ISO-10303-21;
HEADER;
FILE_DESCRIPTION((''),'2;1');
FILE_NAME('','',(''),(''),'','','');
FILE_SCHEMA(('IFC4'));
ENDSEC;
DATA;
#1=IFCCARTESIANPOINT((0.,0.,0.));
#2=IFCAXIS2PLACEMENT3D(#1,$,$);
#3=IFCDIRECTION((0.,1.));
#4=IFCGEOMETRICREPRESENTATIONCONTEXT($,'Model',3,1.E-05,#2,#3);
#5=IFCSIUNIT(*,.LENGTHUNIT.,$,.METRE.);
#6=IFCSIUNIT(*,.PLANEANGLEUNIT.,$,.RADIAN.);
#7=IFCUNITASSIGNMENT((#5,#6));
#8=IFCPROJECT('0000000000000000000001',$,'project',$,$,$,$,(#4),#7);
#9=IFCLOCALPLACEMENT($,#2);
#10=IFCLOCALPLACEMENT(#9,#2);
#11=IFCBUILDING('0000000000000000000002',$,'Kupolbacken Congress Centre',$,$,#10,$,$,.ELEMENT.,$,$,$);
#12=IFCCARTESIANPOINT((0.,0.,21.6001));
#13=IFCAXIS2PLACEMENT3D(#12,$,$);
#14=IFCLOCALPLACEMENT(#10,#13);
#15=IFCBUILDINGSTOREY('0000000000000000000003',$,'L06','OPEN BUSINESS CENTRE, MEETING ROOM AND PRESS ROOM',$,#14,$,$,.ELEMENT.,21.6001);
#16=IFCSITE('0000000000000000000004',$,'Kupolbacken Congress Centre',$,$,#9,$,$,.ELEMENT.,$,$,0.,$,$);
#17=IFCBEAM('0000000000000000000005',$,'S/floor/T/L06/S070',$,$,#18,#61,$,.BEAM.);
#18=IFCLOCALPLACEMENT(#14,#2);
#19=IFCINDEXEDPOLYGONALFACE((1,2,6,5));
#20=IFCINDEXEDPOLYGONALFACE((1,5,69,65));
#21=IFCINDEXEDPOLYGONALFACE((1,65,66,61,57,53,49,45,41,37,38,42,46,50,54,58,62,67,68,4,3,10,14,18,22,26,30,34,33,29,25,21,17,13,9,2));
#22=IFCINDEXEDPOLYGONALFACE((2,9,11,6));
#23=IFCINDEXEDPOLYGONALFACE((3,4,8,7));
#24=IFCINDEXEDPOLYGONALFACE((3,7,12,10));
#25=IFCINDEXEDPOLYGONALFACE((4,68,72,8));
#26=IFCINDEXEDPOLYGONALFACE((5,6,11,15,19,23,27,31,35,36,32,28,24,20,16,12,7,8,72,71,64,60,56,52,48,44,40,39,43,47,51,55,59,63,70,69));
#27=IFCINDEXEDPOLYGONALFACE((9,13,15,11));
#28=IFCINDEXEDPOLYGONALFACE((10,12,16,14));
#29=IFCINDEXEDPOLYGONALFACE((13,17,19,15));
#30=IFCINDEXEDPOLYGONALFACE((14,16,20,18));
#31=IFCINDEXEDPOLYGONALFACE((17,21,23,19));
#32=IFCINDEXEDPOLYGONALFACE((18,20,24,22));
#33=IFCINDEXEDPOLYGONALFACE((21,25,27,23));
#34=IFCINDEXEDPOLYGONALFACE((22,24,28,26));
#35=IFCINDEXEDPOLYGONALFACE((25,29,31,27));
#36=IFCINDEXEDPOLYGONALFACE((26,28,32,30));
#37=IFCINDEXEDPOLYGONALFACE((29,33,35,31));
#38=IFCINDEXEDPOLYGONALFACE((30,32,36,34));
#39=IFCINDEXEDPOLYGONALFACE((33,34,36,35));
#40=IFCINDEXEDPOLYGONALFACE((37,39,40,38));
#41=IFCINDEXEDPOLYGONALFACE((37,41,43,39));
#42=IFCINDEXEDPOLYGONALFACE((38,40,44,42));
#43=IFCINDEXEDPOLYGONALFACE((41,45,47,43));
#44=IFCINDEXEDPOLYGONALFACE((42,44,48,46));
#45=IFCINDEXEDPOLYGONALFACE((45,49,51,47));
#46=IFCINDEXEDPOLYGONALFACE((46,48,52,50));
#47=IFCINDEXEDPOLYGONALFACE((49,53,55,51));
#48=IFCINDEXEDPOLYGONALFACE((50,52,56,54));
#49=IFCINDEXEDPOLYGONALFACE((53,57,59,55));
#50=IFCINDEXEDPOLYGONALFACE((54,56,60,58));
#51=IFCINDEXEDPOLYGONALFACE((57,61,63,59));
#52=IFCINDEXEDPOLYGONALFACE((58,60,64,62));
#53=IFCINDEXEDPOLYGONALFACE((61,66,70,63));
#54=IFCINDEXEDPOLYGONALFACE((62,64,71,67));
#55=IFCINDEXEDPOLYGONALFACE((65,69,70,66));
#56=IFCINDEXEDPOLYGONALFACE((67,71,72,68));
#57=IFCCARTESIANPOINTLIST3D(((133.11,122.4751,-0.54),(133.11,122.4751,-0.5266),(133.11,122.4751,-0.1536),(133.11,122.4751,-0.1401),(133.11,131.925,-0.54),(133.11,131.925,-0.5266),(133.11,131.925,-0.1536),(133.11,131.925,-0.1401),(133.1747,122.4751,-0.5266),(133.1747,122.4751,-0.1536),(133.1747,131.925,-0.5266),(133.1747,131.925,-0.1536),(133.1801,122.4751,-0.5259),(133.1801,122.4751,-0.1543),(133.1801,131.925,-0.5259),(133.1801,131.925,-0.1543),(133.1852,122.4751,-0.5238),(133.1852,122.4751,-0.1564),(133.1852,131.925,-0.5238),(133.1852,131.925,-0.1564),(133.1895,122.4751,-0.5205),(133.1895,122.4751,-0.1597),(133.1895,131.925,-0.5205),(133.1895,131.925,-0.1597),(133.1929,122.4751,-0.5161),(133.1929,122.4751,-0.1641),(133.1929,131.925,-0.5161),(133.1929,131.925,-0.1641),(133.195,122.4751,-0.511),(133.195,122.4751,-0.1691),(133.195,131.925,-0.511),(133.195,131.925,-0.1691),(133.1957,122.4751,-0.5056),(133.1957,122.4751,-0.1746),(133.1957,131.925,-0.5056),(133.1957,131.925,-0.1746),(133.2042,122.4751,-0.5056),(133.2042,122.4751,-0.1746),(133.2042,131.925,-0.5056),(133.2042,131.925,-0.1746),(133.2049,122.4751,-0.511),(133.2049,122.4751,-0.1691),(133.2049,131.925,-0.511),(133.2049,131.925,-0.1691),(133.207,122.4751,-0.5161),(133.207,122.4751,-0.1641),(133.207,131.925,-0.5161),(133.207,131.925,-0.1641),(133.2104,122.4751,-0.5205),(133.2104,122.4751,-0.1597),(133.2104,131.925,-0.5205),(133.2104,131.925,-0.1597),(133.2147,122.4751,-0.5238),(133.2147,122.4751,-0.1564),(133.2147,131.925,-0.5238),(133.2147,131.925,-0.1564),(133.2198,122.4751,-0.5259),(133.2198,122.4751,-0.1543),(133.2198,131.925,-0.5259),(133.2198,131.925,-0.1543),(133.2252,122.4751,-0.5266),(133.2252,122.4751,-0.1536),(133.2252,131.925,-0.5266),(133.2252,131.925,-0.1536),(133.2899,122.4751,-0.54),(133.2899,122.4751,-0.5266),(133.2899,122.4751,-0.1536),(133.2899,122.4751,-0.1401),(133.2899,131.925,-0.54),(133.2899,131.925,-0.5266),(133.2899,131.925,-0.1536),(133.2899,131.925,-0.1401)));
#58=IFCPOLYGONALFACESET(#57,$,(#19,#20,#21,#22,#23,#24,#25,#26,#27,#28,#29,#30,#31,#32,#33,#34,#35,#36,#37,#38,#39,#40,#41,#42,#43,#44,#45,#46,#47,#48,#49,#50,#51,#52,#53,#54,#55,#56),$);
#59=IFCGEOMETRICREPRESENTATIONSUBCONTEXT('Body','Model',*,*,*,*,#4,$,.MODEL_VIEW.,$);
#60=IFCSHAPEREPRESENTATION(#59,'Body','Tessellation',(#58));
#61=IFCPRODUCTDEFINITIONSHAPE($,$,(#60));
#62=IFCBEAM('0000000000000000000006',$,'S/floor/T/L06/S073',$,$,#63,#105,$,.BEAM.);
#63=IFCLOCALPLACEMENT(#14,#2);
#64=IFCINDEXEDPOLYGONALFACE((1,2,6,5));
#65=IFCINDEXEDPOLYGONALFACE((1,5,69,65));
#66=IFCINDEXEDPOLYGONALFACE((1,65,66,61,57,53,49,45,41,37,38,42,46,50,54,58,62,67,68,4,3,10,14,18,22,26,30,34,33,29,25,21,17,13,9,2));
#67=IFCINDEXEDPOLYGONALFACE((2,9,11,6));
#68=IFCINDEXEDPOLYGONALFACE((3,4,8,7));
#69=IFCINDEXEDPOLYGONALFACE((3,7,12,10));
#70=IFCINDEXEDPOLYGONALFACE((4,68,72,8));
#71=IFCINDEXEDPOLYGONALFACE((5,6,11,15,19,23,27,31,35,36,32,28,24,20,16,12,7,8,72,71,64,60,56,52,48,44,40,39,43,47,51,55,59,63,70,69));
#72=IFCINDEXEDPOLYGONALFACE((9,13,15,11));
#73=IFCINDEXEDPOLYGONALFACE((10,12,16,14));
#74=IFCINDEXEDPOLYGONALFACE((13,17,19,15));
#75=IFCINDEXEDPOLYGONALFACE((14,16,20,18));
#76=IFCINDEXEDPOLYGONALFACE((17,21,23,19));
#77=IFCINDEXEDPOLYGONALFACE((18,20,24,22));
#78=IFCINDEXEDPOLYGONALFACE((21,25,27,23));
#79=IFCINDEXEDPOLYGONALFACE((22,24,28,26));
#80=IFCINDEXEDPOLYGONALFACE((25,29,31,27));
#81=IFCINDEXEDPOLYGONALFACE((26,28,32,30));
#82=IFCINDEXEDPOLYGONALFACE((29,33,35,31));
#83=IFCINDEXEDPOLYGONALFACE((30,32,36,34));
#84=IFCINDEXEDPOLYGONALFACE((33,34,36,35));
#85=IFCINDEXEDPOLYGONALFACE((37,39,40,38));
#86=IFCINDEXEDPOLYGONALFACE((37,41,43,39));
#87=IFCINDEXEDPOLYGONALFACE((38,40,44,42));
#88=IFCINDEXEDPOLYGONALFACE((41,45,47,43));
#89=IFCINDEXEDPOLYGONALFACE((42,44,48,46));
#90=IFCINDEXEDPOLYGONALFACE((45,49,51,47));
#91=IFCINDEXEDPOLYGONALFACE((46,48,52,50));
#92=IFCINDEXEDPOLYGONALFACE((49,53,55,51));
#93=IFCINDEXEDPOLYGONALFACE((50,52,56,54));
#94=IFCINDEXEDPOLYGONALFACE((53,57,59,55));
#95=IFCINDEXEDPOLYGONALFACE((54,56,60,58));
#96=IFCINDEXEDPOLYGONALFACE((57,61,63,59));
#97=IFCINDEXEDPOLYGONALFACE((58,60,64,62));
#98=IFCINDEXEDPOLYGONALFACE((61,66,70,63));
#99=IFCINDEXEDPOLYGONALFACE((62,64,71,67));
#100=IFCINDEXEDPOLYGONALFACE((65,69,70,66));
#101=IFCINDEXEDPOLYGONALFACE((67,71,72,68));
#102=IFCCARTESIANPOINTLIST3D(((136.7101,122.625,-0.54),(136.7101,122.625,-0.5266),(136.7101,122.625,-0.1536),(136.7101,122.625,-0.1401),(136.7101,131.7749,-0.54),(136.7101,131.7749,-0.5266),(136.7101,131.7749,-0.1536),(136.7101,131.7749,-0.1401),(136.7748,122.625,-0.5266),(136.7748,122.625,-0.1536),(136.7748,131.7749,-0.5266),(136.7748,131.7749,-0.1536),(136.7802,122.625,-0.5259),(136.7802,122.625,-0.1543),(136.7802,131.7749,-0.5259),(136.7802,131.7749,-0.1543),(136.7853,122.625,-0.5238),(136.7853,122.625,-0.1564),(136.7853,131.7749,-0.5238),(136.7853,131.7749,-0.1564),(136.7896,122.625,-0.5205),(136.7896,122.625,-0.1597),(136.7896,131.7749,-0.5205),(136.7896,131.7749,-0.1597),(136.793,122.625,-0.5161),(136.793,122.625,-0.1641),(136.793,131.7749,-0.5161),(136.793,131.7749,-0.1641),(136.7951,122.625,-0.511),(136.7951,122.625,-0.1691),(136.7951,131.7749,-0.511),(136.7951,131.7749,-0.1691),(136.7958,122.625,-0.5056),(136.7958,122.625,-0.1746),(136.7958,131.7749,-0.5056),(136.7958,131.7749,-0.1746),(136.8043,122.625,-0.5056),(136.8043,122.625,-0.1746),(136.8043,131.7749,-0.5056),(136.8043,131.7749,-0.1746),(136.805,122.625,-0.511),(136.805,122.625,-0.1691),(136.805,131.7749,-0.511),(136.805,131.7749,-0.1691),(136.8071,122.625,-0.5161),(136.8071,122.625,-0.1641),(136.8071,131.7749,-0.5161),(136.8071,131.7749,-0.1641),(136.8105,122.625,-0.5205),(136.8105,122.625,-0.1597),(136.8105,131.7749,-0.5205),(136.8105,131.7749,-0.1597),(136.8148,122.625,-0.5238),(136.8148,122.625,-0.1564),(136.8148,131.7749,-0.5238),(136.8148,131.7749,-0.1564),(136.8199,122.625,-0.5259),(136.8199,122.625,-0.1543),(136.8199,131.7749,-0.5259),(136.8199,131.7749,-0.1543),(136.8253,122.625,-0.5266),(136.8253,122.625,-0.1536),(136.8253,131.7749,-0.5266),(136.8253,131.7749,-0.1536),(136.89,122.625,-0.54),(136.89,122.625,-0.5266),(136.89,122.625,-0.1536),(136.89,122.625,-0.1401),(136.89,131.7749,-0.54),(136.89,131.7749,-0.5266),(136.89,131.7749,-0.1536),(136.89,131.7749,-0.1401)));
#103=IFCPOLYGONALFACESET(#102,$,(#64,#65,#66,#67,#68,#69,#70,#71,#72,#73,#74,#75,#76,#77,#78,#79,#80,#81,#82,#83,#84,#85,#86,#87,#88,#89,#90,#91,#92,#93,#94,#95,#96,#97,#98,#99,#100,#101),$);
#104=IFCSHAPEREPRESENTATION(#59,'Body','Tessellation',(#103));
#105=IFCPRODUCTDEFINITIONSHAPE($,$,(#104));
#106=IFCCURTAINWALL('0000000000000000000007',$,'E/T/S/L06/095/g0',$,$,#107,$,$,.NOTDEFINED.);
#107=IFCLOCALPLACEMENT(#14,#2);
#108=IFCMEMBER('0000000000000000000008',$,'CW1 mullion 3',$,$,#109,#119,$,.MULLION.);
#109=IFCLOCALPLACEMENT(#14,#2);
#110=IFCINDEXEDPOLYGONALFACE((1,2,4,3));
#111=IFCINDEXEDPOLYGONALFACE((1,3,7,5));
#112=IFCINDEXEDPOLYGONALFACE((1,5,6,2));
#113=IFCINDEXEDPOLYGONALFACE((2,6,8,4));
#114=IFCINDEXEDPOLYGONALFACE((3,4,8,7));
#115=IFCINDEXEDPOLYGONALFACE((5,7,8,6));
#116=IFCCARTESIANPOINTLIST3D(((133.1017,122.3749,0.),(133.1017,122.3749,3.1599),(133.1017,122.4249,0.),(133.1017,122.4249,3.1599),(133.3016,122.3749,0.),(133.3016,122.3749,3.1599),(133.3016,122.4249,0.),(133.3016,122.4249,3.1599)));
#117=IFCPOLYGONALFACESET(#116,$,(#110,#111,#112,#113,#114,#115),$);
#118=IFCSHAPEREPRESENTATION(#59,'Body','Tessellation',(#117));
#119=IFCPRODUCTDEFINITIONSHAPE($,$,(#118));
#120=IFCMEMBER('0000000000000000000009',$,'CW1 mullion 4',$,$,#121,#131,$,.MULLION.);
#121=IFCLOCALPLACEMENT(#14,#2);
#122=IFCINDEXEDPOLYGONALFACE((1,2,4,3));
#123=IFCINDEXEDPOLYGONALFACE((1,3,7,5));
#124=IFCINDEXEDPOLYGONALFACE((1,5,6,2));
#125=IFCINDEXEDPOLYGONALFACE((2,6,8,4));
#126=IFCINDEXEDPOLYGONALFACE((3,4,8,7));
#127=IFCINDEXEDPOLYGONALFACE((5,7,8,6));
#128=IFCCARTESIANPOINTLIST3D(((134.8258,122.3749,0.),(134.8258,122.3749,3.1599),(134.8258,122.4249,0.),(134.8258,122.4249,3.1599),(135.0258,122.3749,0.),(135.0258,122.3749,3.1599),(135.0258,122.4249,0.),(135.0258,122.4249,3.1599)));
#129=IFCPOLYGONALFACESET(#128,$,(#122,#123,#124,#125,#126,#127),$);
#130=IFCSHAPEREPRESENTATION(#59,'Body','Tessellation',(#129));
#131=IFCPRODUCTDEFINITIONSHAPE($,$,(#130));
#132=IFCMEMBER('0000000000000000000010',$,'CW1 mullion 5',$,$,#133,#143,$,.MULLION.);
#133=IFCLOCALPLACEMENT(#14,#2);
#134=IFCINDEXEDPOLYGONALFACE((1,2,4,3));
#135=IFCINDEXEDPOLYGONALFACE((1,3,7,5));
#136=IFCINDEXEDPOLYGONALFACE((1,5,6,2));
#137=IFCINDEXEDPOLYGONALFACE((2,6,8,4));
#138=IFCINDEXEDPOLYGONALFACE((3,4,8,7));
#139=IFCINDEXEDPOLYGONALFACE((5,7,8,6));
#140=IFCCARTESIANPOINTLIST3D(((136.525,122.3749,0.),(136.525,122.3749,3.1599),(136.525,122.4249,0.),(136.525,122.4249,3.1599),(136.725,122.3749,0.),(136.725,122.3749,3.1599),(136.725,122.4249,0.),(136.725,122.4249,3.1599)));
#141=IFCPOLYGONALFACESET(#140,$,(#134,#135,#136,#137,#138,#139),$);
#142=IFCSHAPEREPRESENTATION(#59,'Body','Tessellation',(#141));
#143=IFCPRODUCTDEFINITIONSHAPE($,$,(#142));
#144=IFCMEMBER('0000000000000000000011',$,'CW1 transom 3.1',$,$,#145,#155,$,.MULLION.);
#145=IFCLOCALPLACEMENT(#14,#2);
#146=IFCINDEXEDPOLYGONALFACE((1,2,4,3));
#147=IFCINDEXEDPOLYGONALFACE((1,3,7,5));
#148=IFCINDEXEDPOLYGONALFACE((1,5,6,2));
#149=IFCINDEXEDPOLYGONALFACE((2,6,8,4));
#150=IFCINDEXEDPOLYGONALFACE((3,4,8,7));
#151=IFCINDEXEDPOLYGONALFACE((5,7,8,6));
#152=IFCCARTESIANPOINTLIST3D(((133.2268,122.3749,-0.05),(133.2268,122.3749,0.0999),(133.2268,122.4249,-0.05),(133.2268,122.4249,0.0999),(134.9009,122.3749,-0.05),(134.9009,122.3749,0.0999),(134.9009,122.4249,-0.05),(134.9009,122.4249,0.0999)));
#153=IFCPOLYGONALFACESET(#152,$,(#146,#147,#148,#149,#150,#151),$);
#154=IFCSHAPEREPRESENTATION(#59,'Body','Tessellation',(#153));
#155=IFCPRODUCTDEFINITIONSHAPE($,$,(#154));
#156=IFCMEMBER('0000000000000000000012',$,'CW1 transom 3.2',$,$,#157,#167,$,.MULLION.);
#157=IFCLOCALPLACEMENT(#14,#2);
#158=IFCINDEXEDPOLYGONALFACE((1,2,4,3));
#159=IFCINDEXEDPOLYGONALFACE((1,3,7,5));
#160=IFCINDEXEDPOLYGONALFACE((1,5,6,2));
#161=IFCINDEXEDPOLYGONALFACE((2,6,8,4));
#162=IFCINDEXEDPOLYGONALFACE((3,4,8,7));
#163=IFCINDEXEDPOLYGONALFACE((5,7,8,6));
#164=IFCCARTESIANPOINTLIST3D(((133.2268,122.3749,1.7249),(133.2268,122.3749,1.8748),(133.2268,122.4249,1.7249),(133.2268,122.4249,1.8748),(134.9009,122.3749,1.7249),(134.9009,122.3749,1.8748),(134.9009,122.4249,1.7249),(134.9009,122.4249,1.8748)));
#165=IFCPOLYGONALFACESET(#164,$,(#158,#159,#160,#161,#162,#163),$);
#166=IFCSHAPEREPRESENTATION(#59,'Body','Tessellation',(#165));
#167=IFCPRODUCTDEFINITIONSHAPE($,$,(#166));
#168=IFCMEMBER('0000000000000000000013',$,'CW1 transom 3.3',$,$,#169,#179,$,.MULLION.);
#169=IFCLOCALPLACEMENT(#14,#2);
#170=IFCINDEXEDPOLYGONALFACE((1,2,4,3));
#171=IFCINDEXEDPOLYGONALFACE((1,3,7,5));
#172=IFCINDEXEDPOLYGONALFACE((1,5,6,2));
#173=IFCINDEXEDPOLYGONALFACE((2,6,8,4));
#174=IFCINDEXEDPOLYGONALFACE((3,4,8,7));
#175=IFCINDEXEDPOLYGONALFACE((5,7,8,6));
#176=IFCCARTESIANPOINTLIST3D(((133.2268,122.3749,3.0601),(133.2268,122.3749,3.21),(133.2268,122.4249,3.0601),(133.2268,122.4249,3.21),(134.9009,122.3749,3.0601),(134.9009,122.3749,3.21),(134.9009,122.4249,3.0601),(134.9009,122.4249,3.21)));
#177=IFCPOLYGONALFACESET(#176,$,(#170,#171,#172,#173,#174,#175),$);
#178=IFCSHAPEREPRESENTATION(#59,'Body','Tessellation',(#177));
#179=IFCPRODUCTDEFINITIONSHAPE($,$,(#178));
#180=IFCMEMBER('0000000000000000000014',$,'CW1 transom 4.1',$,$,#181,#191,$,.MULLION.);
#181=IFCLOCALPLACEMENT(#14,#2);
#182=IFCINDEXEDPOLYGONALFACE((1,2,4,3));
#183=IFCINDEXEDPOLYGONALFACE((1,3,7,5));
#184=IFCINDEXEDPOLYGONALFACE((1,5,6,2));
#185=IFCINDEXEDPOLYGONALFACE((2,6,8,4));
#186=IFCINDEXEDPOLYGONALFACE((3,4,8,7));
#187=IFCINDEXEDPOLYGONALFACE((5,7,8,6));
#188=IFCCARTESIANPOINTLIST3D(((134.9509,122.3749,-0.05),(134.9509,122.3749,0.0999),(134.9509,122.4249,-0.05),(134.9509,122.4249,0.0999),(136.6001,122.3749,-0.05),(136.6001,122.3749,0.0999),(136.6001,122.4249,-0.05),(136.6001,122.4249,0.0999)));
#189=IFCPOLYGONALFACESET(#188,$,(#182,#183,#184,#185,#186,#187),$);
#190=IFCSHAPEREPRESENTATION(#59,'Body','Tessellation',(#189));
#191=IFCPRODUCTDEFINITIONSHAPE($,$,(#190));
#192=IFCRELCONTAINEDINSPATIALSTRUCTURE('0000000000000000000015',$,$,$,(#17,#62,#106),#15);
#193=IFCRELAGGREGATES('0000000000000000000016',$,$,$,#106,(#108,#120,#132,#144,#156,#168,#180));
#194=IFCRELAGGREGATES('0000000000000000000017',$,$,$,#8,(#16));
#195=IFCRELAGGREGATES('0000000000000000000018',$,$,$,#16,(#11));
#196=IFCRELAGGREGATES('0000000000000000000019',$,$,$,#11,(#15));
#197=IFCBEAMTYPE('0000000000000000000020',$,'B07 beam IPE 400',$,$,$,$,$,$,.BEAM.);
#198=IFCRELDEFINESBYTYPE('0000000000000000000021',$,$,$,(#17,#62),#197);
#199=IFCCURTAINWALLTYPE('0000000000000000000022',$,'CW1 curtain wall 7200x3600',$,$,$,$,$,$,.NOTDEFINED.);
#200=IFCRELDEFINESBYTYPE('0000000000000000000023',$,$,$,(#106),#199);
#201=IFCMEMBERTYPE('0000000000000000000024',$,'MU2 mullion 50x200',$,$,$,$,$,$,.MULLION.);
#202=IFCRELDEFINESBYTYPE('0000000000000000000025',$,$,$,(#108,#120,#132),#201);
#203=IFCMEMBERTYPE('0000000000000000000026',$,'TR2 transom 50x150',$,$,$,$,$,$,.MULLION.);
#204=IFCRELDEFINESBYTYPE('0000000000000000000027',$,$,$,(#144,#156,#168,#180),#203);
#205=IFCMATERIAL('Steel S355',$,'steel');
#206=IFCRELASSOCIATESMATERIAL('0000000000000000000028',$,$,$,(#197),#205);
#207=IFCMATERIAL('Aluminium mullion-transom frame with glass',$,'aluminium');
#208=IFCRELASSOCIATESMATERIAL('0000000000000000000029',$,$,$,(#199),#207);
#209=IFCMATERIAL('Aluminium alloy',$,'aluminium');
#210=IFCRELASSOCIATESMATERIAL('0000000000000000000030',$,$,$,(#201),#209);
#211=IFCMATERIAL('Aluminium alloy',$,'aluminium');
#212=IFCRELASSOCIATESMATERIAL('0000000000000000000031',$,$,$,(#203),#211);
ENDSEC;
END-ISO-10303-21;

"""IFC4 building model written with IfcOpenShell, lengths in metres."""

from ifc_helpers import new_model, si_unit, direction, frame, origin, origin_2d, place, context, subcontext, project, spatial, rectangle, i_section, extrude, material, material_profile, profile_set, type_object, element, aggregate, save


model = new_model("IFC4")

# Units and contexts
model_context = context("Model", 3, precision=1e-05, world=origin(), true_north=direction((0.0, 1.0)))
body_context = subcontext(model_context, "Body", "Model", "MODEL_VIEW")
ifc_project = project(units=[si_unit("LENGTHUNIT", "METRE"), si_unit("PLANEANGLEUNIT", "RADIAN")], contexts=[model_context])

# Site, building, storey
site_placement = place(None, origin())
site = spatial("IfcSite", under=ifc_project, at=site_placement, Name="Kupolbacken Congress Centre", CompositionType="ELEMENT", RefElevation=0.0)
building_placement = place(site_placement, origin())
building = spatial("IfcBuilding", under=site, at=building_placement, Name="Kupolbacken Congress Centre", CompositionType="ELEMENT")
storey_placement = place(building_placement, frame((0.0, 0.0, 21.6001)))
storey = spatial("IfcBuildingStorey", under=building, at=storey_placement, Name="L06", Description="OPEN BUSINESS CENTRE, MEETING ROOM AND PRESS ROOM", CompositionType="ELEMENT", Elevation=21.6001)

# Beams
ifc_material_1 = material(Name="Steel S355", Category="steel")
ifc_material_profile_1 = material_profile(ifc_material_1, i_section(OverallWidth=0.1799, OverallDepth=0.3999, WebThickness=0.0085, FlangeThickness=0.0134, FilletRadius=0.021, at=origin_2d()), Name="IPE 400")
ifc_profile_set_1 = profile_set([ifc_material_profile_1], Name="Steel S355")
beam_type_1 = type_object("IfcBeamType", Name="B07 beam IPE 400", PredefinedType="BEAM", material=ifc_profile_set_1)
beam_1_placement = place(storey_placement, frame((133.2, 122.4751, -0.3401), z_axis=(0.0, 1.0, 0.0), x_axis=(-1.0, 0.0, 0.0)))
element("IfcBeam", 1, at=beam_1_placement, inside=storey, type_object=beam_type_1, Name="S/floor/T/L06/S070", PredefinedType="BEAM", context=body_context, shape_type="SweptSolid", body=[
    extrude(i_section(OverallWidth=0.1799, OverallDepth=0.3999, WebThickness=0.0085, FlangeThickness=0.0134, FilletRadius=0.021, at=origin_2d()), origin(), (0.0, 0.0, 1.0), 9.45),
])
beam_2_placement = place(storey_placement, frame((136.8, 122.625, -0.3401), z_axis=(0.0, 1.0, 0.0), x_axis=(-1.0, 0.0, 0.0)))
element("IfcBeam", 2, at=beam_2_placement, inside=storey, type_object=beam_type_1, Name="S/floor/T/L06/S073", PredefinedType="BEAM", context=body_context, shape_type="SweptSolid", body=[
    extrude(i_section(OverallWidth=0.1799, OverallDepth=0.3999, WebThickness=0.0085, FlangeThickness=0.0134, FilletRadius=0.021, at=origin_2d()), origin(), (0.0, 0.0, 1.0), 9.1499),
])

# Curtain wall, members
ifc_material_2 = material(Name="Aluminium mullion-transom frame with glass", Category="aluminium")
curtain_wall_type = type_object("IfcCurtainWallType", Name="CW1 curtain wall 7200x3600", PredefinedType="NOTDEFINED", material=ifc_material_2)
curtain_wall_placement = place(storey_placement, origin())
curtain_wall = element("IfcCurtainWall", 3, at=curtain_wall_placement, inside=storey, type_object=curtain_wall_type, Name="E/T/S/L06/095/g0", PredefinedType="NOTDEFINED")
ifc_material_3 = material(Name="Aluminium alloy", Category="aluminium")
ifc_material_profile_2 = material_profile(ifc_material_3, rectangle(XDim=0.05, YDim=0.2, at=origin_2d()), Name="50 x 200")
ifc_profile_set_2 = profile_set([ifc_material_profile_2], Name="Aluminium alloy")
member_type_1 = type_object("IfcMemberType", Name="MU2 mullion 50x200", PredefinedType="MULLION", material=ifc_profile_set_2)
member_1_placement = place(storey_placement, frame((133.2017, 122.3999, 0.0), z_axis=(0.0, 0.0, 1.0), x_axis=(0.0, 1.0, 0.0)))
member_1 = element("IfcMember", 4, at=member_1_placement, type_object=member_type_1, Name="CW1 mullion 3", PredefinedType="MULLION", context=body_context, shape_type="SweptSolid", body=[
    extrude(rectangle(XDim=0.05, YDim=0.2, at=origin_2d()), origin(), (0.0, 0.0, 1.0), 3.1599),
])
member_2_placement = place(storey_placement, frame((134.9258, 122.3999, 0.0), z_axis=(0.0, 0.0, 1.0), x_axis=(0.0, 1.0, 0.0)))
member_2 = element("IfcMember", 5, at=member_2_placement, type_object=member_type_1, Name="CW1 mullion 4", PredefinedType="MULLION", context=body_context, shape_type="SweptSolid", body=[
    extrude(rectangle(XDim=0.05, YDim=0.2, at=origin_2d()), origin(), (0.0, 0.0, 1.0), 3.1599),
])
member_3_placement = place(storey_placement, frame((136.625, 122.3999, 0.0), z_axis=(0.0, 0.0, 1.0), x_axis=(0.0, 1.0, 0.0)))
member_3 = element("IfcMember", 6, at=member_3_placement, type_object=member_type_1, Name="CW1 mullion 5", PredefinedType="MULLION", context=body_context, shape_type="SweptSolid", body=[
    extrude(rectangle(XDim=0.05, YDim=0.2, at=origin_2d()), origin(), (0.0, 0.0, 1.0), 3.1599),
])
ifc_material_4 = material(Name="Aluminium alloy", Category="aluminium")
ifc_material_profile_3 = material_profile(ifc_material_4, rectangle(XDim=0.05, YDim=0.1499, at=origin_2d()), Name="50 x 150")
ifc_profile_set_3 = profile_set([ifc_material_profile_3], Name="Aluminium alloy")
member_type_2 = type_object("IfcMemberType", Name="TR2 transom 50x150", PredefinedType="MULLION", material=ifc_profile_set_3)
member_4_placement = place(storey_placement, frame((133.2268, 122.3999, 0.0249), z_axis=(1.0, 0.0, 0.0), x_axis=(0.0, 1.0, 0.0)))
member_4 = element("IfcMember", 7, at=member_4_placement, type_object=member_type_2, Name="CW1 transom 3.1", PredefinedType="MULLION", context=body_context, shape_type="SweptSolid", body=[
    extrude(rectangle(XDim=0.05, YDim=0.1499, at=origin_2d()), origin(), (0.0, 0.0, 1.0), 1.6741),
])
member_5_placement = place(storey_placement, frame((133.2268, 122.3999, 1.7998), z_axis=(1.0, 0.0, 0.0), x_axis=(0.0, 1.0, 0.0)))
member_5 = element("IfcMember", 8, at=member_5_placement, type_object=member_type_2, Name="CW1 transom 3.2", PredefinedType="MULLION", context=body_context, shape_type="SweptSolid", body=[
    extrude(rectangle(XDim=0.05, YDim=0.1499, at=origin_2d()), origin(), (0.0, 0.0, 1.0), 1.6741),
])
member_6_placement = place(storey_placement, frame((133.2268, 122.3999, 3.135), z_axis=(1.0, 0.0, 0.0), x_axis=(0.0, 1.0, 0.0)))
member_6 = element("IfcMember", 9, at=member_6_placement, type_object=member_type_2, Name="CW1 transom 3.3", PredefinedType="MULLION", context=body_context, shape_type="SweptSolid", body=[
    extrude(rectangle(XDim=0.05, YDim=0.1499, at=origin_2d()), origin(), (0.0, 0.0, 1.0), 1.6741),
])
member_7_placement = place(storey_placement, frame((134.9509, 122.3999, 0.0249), z_axis=(1.0, 0.0, 0.0), x_axis=(0.0, 1.0, 0.0)))
member_7 = element("IfcMember", 10, at=member_7_placement, type_object=member_type_2, Name="CW1 transom 4.1", PredefinedType="MULLION", context=body_context, shape_type="SweptSolid", body=[
    extrude(rectangle(XDim=0.05, YDim=0.1499, at=origin_2d()), origin(), (0.0, 0.0, 1.0), 1.6492),
])
aggregate(curtain_wall, [member_1, member_2, member_3, member_4, member_5, member_6, member_7])

save(model, "model.ifc")
